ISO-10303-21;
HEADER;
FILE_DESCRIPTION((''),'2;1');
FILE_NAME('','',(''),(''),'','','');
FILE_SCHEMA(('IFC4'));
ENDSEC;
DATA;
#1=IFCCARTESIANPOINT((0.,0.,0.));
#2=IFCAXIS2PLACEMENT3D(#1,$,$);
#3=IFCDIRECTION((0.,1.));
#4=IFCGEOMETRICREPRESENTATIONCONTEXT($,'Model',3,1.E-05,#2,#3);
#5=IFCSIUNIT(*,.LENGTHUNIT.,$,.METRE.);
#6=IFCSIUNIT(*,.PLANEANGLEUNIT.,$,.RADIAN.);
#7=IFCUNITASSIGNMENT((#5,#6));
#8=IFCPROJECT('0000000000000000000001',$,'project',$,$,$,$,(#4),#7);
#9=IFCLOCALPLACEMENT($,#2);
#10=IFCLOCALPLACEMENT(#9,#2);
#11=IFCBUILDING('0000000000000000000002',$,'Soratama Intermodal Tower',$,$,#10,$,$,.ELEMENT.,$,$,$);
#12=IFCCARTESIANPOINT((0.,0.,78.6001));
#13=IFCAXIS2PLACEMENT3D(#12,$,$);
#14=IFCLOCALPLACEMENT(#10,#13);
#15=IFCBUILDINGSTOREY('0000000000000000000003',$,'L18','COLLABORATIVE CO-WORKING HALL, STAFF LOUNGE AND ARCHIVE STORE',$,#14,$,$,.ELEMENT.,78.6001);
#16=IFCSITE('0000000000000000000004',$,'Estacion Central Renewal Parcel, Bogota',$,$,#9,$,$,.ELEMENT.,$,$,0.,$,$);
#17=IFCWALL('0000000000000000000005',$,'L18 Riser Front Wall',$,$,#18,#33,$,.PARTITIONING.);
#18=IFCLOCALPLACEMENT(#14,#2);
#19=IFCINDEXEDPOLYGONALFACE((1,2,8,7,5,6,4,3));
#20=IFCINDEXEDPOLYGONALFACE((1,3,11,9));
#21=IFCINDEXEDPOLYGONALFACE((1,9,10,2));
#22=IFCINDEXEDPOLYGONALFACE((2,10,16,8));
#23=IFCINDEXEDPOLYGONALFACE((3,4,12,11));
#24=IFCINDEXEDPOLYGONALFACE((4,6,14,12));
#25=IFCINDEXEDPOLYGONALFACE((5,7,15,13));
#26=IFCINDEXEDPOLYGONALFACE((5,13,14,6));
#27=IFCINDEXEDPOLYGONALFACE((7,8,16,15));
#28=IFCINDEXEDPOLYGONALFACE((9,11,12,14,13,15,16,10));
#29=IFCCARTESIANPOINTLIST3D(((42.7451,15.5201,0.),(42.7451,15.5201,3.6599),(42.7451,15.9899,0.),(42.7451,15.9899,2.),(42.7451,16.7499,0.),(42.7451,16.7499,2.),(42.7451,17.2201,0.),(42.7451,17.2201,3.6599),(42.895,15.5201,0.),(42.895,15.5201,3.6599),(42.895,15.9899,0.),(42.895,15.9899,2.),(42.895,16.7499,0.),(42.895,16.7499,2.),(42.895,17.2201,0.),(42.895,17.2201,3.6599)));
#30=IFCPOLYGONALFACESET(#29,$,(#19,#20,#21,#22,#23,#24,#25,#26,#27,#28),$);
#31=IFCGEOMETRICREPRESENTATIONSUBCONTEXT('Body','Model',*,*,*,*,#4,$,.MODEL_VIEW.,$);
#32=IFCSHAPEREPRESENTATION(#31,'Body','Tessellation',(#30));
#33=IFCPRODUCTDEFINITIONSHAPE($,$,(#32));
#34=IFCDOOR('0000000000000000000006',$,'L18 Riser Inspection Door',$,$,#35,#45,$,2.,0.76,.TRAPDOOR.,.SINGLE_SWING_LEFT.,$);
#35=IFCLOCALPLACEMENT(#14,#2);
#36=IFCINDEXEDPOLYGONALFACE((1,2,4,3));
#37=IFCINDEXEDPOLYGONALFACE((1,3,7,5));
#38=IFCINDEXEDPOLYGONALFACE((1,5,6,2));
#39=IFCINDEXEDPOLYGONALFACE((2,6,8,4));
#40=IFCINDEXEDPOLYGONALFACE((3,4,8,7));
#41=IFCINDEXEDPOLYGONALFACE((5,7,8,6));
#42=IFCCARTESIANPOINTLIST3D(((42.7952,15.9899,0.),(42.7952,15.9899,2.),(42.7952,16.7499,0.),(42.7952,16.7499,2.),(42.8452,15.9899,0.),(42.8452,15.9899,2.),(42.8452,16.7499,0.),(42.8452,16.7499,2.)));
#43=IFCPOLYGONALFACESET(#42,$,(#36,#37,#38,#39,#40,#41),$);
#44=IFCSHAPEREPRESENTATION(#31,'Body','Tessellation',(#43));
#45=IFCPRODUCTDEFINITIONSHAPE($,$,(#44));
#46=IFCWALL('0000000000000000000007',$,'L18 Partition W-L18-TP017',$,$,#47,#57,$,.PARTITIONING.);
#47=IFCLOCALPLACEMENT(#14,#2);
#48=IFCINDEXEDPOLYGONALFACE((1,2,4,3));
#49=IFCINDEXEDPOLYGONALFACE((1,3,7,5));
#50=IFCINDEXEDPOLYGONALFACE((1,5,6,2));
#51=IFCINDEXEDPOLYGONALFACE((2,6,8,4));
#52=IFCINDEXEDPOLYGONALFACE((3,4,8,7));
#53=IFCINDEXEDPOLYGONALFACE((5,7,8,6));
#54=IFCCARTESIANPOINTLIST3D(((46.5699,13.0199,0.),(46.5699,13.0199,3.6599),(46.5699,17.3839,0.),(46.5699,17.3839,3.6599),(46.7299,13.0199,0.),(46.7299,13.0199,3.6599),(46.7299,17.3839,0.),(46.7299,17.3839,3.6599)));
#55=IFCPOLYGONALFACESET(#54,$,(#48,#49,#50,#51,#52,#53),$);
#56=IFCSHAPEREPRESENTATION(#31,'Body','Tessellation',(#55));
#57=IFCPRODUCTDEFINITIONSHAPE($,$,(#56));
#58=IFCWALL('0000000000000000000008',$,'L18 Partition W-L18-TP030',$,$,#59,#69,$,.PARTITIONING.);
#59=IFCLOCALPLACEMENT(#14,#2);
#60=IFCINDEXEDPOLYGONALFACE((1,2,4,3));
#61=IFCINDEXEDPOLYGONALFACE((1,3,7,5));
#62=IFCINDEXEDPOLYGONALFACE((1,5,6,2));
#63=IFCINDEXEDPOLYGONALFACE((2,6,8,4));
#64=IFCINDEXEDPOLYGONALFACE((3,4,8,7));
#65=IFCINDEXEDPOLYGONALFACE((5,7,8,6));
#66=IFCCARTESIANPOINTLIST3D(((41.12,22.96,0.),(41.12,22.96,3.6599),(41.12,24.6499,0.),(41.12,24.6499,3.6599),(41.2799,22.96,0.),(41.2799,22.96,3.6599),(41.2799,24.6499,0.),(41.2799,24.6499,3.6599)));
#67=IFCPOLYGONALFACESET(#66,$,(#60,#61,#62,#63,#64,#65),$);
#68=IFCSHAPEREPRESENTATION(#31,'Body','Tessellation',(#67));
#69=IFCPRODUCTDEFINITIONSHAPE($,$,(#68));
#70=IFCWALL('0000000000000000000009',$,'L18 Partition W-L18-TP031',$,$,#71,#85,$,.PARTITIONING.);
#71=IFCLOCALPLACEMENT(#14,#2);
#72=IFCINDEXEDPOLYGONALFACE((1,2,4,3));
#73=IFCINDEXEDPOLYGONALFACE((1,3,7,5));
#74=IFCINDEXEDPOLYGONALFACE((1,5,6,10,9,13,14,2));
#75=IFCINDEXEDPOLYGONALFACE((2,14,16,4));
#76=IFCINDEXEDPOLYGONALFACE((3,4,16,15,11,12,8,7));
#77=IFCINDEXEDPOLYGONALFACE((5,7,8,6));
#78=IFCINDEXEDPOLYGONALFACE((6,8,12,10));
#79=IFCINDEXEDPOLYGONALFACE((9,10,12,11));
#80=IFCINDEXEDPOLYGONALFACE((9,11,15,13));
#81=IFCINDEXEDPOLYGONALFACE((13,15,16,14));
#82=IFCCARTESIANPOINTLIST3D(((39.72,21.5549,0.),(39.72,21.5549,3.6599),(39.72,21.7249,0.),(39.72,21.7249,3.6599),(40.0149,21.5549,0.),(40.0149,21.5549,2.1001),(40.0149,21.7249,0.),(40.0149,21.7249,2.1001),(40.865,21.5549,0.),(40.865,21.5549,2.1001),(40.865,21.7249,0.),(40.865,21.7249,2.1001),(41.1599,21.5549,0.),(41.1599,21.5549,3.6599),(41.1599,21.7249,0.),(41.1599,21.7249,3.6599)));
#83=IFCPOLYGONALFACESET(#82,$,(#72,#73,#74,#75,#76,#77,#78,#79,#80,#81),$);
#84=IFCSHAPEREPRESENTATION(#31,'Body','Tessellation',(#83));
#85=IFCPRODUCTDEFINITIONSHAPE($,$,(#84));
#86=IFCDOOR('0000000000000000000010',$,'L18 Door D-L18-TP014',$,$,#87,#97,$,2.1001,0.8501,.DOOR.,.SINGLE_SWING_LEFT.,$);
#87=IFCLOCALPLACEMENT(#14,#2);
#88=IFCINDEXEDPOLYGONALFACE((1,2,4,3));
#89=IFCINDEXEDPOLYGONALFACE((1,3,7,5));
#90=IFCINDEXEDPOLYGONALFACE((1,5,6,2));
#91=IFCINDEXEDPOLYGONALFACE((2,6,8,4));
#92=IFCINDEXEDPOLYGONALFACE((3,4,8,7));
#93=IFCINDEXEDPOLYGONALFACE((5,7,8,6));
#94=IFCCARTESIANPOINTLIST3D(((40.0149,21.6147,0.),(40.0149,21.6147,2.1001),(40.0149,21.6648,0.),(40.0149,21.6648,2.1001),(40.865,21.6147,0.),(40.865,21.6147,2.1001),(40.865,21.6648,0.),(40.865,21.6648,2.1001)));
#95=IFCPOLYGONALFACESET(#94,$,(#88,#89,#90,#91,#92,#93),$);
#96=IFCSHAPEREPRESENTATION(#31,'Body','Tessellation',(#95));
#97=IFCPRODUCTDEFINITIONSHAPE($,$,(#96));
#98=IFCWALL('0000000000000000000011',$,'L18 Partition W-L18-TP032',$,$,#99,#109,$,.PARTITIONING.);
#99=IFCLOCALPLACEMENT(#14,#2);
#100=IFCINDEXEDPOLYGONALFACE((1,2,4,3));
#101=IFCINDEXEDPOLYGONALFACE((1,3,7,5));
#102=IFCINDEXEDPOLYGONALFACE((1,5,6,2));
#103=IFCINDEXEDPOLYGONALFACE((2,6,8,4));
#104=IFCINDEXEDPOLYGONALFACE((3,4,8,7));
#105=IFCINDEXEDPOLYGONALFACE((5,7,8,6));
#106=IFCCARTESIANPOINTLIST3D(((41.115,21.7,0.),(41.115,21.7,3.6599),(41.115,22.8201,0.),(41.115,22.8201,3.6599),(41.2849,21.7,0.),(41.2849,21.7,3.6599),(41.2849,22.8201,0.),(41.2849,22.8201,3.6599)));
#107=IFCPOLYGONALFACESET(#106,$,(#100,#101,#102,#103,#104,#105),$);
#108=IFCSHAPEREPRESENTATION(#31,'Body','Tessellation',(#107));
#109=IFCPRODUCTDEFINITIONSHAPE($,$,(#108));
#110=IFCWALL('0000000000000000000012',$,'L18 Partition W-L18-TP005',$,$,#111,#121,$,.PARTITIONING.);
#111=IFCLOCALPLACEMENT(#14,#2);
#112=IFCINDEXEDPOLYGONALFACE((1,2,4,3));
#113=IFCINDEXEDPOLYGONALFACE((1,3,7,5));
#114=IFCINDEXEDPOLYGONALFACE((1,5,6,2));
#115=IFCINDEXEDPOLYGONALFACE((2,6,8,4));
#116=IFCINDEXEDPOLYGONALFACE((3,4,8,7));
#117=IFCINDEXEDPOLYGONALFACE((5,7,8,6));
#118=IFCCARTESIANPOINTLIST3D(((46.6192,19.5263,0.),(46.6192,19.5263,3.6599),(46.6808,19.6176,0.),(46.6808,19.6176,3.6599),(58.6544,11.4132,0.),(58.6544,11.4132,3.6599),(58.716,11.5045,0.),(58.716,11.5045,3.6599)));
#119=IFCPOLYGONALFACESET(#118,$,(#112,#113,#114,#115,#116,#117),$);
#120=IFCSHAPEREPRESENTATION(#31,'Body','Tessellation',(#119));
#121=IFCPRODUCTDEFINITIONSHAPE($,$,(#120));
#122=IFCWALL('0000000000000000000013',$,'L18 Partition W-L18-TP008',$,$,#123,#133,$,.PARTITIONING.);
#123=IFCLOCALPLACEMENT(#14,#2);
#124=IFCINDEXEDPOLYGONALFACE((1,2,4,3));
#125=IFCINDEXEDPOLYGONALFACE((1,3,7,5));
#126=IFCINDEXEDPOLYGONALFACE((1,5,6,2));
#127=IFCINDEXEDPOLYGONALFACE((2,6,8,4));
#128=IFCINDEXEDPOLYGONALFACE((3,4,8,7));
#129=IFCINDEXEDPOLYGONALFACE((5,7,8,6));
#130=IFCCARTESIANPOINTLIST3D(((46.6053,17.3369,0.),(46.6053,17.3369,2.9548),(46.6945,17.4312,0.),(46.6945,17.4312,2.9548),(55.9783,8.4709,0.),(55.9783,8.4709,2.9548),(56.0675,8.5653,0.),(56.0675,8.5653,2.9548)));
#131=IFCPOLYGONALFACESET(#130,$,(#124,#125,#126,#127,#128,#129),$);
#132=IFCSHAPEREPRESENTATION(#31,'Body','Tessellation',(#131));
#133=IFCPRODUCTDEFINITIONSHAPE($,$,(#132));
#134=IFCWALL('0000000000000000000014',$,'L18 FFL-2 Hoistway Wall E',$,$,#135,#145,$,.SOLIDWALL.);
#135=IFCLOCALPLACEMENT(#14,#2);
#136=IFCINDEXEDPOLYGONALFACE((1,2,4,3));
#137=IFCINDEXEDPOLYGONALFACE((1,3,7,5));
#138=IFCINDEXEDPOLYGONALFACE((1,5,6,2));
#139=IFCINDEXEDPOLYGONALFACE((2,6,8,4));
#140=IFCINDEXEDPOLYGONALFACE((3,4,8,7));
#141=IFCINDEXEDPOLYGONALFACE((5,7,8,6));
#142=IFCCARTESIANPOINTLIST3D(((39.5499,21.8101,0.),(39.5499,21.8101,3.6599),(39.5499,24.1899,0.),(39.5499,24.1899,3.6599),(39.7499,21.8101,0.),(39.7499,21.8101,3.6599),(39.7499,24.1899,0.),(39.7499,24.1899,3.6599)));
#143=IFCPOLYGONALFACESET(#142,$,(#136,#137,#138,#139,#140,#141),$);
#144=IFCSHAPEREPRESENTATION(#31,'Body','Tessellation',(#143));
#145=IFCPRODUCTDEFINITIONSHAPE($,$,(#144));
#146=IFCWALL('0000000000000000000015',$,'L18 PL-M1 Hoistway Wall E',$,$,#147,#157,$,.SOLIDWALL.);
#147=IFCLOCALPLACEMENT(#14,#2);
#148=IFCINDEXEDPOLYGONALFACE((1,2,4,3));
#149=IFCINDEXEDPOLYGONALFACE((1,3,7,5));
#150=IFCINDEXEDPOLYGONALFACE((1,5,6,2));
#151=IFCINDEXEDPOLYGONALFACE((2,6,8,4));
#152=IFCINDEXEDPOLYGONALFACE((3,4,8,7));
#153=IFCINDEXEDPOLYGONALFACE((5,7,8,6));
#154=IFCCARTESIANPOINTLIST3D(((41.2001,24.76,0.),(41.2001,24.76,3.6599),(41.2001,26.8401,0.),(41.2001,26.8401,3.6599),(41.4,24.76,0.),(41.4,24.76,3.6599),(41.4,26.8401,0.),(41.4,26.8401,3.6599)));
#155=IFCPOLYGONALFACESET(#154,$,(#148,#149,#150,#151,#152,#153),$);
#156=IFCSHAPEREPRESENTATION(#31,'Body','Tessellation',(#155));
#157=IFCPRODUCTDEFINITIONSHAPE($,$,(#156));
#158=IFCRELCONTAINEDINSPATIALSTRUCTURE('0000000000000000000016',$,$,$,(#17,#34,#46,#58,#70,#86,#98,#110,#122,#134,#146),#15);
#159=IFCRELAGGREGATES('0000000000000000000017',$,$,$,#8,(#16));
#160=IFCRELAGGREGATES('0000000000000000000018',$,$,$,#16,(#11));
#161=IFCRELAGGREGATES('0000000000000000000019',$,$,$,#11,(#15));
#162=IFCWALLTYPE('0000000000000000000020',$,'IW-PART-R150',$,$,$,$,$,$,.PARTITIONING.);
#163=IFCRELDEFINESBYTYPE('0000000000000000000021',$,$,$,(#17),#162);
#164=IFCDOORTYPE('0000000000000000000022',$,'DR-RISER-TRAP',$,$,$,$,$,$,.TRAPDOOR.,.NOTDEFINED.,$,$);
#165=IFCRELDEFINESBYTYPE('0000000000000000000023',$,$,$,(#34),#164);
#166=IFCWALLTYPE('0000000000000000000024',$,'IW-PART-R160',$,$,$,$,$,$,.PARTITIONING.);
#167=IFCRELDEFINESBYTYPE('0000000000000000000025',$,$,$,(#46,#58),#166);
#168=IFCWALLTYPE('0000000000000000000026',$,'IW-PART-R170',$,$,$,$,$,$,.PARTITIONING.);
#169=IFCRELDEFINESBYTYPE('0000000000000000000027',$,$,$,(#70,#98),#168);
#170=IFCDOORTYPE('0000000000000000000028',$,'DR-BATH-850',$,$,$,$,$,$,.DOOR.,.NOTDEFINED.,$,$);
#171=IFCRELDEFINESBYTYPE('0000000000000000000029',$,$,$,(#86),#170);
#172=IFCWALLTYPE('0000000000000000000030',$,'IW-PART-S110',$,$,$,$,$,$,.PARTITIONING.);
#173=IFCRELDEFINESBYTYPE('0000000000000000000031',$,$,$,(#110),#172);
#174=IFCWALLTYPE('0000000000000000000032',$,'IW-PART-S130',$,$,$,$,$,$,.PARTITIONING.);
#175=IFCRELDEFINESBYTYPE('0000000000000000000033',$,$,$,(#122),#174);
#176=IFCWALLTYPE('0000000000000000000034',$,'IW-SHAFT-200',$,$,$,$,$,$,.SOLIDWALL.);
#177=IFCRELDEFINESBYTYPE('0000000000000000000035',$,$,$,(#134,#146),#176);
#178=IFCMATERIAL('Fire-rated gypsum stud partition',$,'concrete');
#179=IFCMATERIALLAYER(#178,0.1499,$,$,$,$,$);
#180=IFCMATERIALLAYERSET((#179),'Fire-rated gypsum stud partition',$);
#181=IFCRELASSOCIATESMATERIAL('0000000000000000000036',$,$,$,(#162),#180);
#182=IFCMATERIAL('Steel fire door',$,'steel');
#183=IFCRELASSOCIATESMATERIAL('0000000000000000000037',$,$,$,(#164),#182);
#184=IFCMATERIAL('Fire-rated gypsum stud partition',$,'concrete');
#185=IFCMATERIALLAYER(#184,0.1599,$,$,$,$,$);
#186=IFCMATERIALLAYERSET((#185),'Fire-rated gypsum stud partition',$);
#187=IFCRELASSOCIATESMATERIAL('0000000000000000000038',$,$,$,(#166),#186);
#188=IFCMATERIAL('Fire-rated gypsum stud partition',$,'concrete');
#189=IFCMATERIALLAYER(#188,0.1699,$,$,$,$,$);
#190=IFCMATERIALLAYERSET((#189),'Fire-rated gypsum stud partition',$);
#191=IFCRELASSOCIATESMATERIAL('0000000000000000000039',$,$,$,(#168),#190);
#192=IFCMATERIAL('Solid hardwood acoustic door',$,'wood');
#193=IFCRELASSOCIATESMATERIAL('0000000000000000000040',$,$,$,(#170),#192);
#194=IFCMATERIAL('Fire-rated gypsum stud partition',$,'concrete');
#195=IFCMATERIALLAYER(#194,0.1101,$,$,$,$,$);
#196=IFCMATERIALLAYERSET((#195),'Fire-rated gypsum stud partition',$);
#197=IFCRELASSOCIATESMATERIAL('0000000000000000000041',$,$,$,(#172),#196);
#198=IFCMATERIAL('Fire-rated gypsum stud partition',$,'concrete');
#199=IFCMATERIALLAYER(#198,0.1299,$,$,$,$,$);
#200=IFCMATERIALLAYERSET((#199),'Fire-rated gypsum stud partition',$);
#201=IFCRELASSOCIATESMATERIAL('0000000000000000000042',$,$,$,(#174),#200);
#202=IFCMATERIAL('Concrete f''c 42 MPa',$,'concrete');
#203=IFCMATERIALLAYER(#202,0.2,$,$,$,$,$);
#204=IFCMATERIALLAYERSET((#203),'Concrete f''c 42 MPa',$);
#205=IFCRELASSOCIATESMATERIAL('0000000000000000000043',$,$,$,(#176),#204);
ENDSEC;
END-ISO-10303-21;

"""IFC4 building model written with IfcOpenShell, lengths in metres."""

from ifc_helpers import new_model, si_unit, direction, frame, frame_2d, origin, place, context, subcontext, project, spatial, rectangle, extrude, material, layer, layer_set, type_object, element, fill, save


model = new_model("IFC4")

# Units and contexts
model_context = context("Model", 3, precision=1e-05, world=origin(), true_north=direction((0.0, 1.0)))
body_context = subcontext(model_context, "Body", "Model", "MODEL_VIEW")
ifc_project = project(units=[si_unit("LENGTHUNIT", "METRE"), si_unit("PLANEANGLEUNIT", "RADIAN")], contexts=[model_context])

# Site, building, storey
site_placement = place(None, origin())
site = spatial("IfcSite", under=ifc_project, at=site_placement, Name="Estacion Central Renewal Parcel, Bogota", CompositionType="ELEMENT", RefElevation=0.0)
building_placement = place(site_placement, origin())
building = spatial("IfcBuilding", under=site, at=building_placement, Name="Soratama Intermodal Tower", CompositionType="ELEMENT")
storey_placement = place(building_placement, frame((0.0, 0.0, 78.6001)))
storey = spatial("IfcBuildingStorey", under=building, at=storey_placement, Name="L18", Description="COLLABORATIVE CO-WORKING HALL, STAFF LOUNGE AND ARCHIVE STORE", CompositionType="ELEMENT", Elevation=78.6001)

# Shared definitions
ifc_material_1 = material(Name="Fire-rated gypsum stud partition", Category="concrete")
ifc_layer_1 = layer(ifc_material_1, 0.1499)
ifc_layer_set_1 = layer_set([ifc_layer_1], Name="Fire-rated gypsum stud partition")
wall_type_1 = type_object("IfcWallType", Name="IW-PART-R150", PredefinedType="PARTITIONING", material=ifc_layer_set_1)

# Wall, opening, door
wall_1_placement = place(storey_placement, frame((42.8201, 15.52, 0.0), z_axis=(0.0, 0.0, 1.0), x_axis=(0.0, 1.0, 0.0)))
wall_1 = element("IfcWall", 1, at=wall_1_placement, inside=storey, type_object=wall_type_1, Name="L18 Riser Front Wall", PredefinedType="PARTITIONING", context=body_context, shape_type="SweptSolid", body=[
    extrude(rectangle(XDim=1.7, YDim=0.1499, at=frame_2d((0.8501, 0.0))), origin(), (0.0, 0.0, 1.0), 3.6599),
])
opening_1_placement = place(wall_1_placement, frame((0.47, 0.0, 0.0)))
opening_1 = element("IfcOpeningElement", 2, at=opening_1_placement, cuts=wall_1, PredefinedType="OPENING", context=body_context, shape_type="SweptSolid", body=[
    extrude(rectangle(XDim=0.76, YDim=2.0, at=frame_2d((0.3799, 1.0))), frame((0.0, 0.085, 0.0), z_axis=(0.0, -1.0, 0.0), x_axis=(1.0, 0.0, 0.0)), (0.0, 0.0, 1.0), 0.1699),
])
ifc_material_2 = material(Name="Steel fire door", Category="steel")
door_type_1 = type_object("IfcDoorType", Name="DR-RISER-TRAP", OperationType="NOTDEFINED", PredefinedType="TRAPDOOR", material=ifc_material_2)
door_1_placement = place(opening_1_placement, origin())
door_1 = element("IfcDoor", 3, at=door_1_placement, inside=storey, type_object=door_type_1, Name="L18 Riser Inspection Door", OperationType="SINGLE_SWING_LEFT", OverallHeight=2.0, OverallWidth=0.76, PredefinedType="TRAPDOOR", context=body_context, shape_type="SweptSolid", body=[
    extrude(rectangle(XDim=0.76, YDim=2.0, at=frame_2d((0.3799, 1.0))), frame((0.0, 0.0249, 0.0), z_axis=(0.0, -1.0, 0.0), x_axis=(1.0, 0.0, 0.0)), (0.0, 0.0, 1.0), 0.05),
])
fill(opening_1, door_1)

# Wall
ifc_material_3 = material(Name="Fire-rated gypsum stud partition", Category="concrete")
ifc_layer_2 = layer(ifc_material_3, 0.1599)
ifc_layer_set_2 = layer_set([ifc_layer_2], Name="Fire-rated gypsum stud partition")
wall_type_2 = type_object("IfcWallType", Name="IW-PART-R160", PredefinedType="PARTITIONING", material=ifc_layer_set_2)
wall_2_placement = place(storey_placement, frame((46.6499, 17.384, 0.0), z_axis=(0.0, 0.0, 1.0), x_axis=(0.0, -1.0, 0.0)))
element("IfcWall", 4, at=wall_2_placement, inside=storey, type_object=wall_type_2, Name="L18 Partition W-L18-TP017", PredefinedType="PARTITIONING", context=body_context, shape_type="SweptSolid", body=[
    extrude(rectangle(XDim=4.364, YDim=0.1599, at=frame_2d((2.1821, 0.0))), origin(), (0.0, 0.0, 1.0), 3.6599),
])

# Wall
wall_3_placement = place(storey_placement, frame((41.2, 22.96, 0.0), z_axis=(0.0, 0.0, 1.0), x_axis=(0.0, 1.0, 0.0)))
element("IfcWall", 5, at=wall_3_placement, inside=storey, type_object=wall_type_2, Name="L18 Partition W-L18-TP030", PredefinedType="PARTITIONING", context=body_context, shape_type="SweptSolid", body=[
    extrude(rectangle(XDim=1.6899, YDim=0.1599, at=frame_2d((0.845, 0.0))), origin(), (0.0, 0.0, 1.0), 3.6599),
])

# Wall, opening, door
ifc_material_4 = material(Name="Fire-rated gypsum stud partition", Category="concrete")
ifc_layer_3 = layer(ifc_material_4, 0.1699)
ifc_layer_set_3 = layer_set([ifc_layer_3], Name="Fire-rated gypsum stud partition")
wall_type_3 = type_object("IfcWallType", Name="IW-PART-R170", PredefinedType="PARTITIONING", material=ifc_layer_set_3)
wall_4_placement = place(storey_placement, frame((39.72, 21.6399, 0.0), z_axis=(0.0, 0.0, 1.0), x_axis=(1.0, 0.0, 0.0)))
wall_4 = element("IfcWall", 6, at=wall_4_placement, inside=storey, type_object=wall_type_3, Name="L18 Partition W-L18-TP031", PredefinedType="PARTITIONING", context=body_context, shape_type="SweptSolid", body=[
    extrude(rectangle(XDim=1.4399, YDim=0.1699, at=frame_2d((0.72, 0.0))), origin(), (0.0, 0.0, 1.0), 3.6599),
])
opening_2_placement = place(wall_4_placement, frame((0.2949, 0.0, 0.0)))
opening_2 = element("IfcOpeningElement", 7, at=opening_2_placement, cuts=wall_4, PredefinedType="OPENING", context=body_context, shape_type="SweptSolid", body=[
    extrude(rectangle(XDim=0.8501, YDim=2.1001, at=frame_2d((0.425, 1.05))), frame((0.0, 0.095, 0.0), z_axis=(0.0, -1.0, 0.0), x_axis=(1.0, 0.0, 0.0)), (0.0, 0.0, 1.0), 0.1899),
])
ifc_material_5 = material(Name="Solid hardwood acoustic door", Category="wood")
door_type_2 = type_object("IfcDoorType", Name="DR-BATH-850", OperationType="NOTDEFINED", PredefinedType="DOOR", material=ifc_material_5)
door_2_placement = place(opening_2_placement, origin())
door_2 = element("IfcDoor", 8, at=door_2_placement, inside=storey, type_object=door_type_2, Name="L18 Door D-L18-TP014", OperationType="SINGLE_SWING_LEFT", OverallHeight=2.1001, OverallWidth=0.8501, PredefinedType="DOOR", context=body_context, shape_type="SweptSolid", body=[
    extrude(rectangle(XDim=0.8501, YDim=2.1001, at=frame_2d((0.425, 1.05))), frame((0.0, 0.0249, 0.0), z_axis=(0.0, -1.0, 0.0), x_axis=(1.0, 0.0, 0.0)), (0.0, 0.0, 1.0), 0.05),
])
fill(opening_2, door_2)

# Walls
wall_5_placement = place(storey_placement, frame((41.2, 21.7, 0.0), z_axis=(0.0, 0.0, 1.0), x_axis=(0.0, 1.0, 0.0)))
element("IfcWall", 9, at=wall_5_placement, inside=storey, type_object=wall_type_3, Name="L18 Partition W-L18-TP032", PredefinedType="PARTITIONING", context=body_context, shape_type="SweptSolid", body=[
    extrude(rectangle(XDim=1.1201, YDim=0.1699, at=frame_2d((0.5601, 0.0))), origin(), (0.0, 0.0, 1.0), 3.6599),
])
ifc_material_6 = material(Name="Fire-rated gypsum stud partition", Category="concrete")
ifc_layer_4 = layer(ifc_material_6, 0.1101)
ifc_layer_set_4 = layer_set([ifc_layer_4], Name="Fire-rated gypsum stud partition")
wall_type_4 = type_object("IfcWallType", Name="IW-PART-S110", PredefinedType="PARTITIONING", material=ifc_layer_set_4)
wall_6_placement = place(storey_placement, frame((46.6499, 19.572, 0.0), z_axis=(0.0, 0.0, 1.0), x_axis=(0.82919, -0.558967, 0.0)))
element("IfcWall", 10, at=wall_6_placement, inside=storey, type_object=wall_type_4, Name="L18 Partition W-L18-TP005", PredefinedType="PARTITIONING", context=body_context, shape_type="SweptSolid", body=[
    extrude(rectangle(XDim=14.5144, YDim=0.1101, at=frame_2d((7.2573, 0.0))), origin(), (0.0, 0.0, 1.0), 3.6599),
])
ifc_material_7 = material(Name="Fire-rated gypsum stud partition", Category="concrete")
ifc_layer_5 = layer(ifc_material_7, 0.1299)
ifc_layer_set_5 = layer_set([ifc_layer_5], Name="Fire-rated gypsum stud partition")
wall_type_5 = type_object("IfcWallType", Name="IW-PART-S130", PredefinedType="PARTITIONING", material=ifc_layer_set_5)
wall_7_placement = place(storey_placement, frame((46.6499, 17.384, 0.0), z_axis=(0.0, 0.0, 1.0), x_axis=(0.726485, -0.687182, 0.0)))
element("IfcWall", 11, at=wall_7_placement, inside=storey, type_object=wall_type_5, Name="L18 Partition W-L18-TP008", PredefinedType="PARTITIONING", context=body_context, shape_type="SweptSolid", body=[
    extrude(rectangle(XDim=12.9019, YDim=0.1299, at=frame_2d((6.4509, 0.0))), origin(), (0.0, 0.0, 1.0), 2.9548),
])
ifc_material_8 = material(Name="Concrete f'c 42 MPa", Category="concrete")
ifc_layer_6 = layer(ifc_material_8, 0.2)
ifc_layer_set_6 = layer_set([ifc_layer_6], Name="Concrete f'c 42 MPa")
wall_type_6 = type_object("IfcWallType", Name="IW-SHAFT-200", PredefinedType="SOLIDWALL", material=ifc_layer_set_6)
wall_8_placement = place(storey_placement, frame((39.6499, 21.8101, 0.0), z_axis=(0.0, 0.0, 1.0), x_axis=(0.0, 1.0, 0.0)))
element("IfcWall", 12, at=wall_8_placement, inside=storey, type_object=wall_type_6, Name="L18 FFL-2 Hoistway Wall E", PredefinedType="SOLIDWALL", context=body_context, shape_type="SweptSolid", body=[
    extrude(rectangle(XDim=2.3799, YDim=0.2, at=frame_2d((1.1899, 0.0))), origin(), (0.0, 0.0, 1.0), 3.6599),
])
wall_9_placement = place(storey_placement, frame((41.3, 24.76, 0.0), z_axis=(0.0, 0.0, 1.0), x_axis=(0.0, 1.0, 0.0)))
element("IfcWall", 13, at=wall_9_placement, inside=storey, type_object=wall_type_6, Name="L18 PL-M1 Hoistway Wall E", PredefinedType="SOLIDWALL", context=body_context, shape_type="SweptSolid", body=[
    extrude(rectangle(XDim=2.0801, YDim=0.2, at=frame_2d((1.04, 0.0))), origin(), (0.0, 0.0, 1.0), 3.6599),
])

save(model, "model.ifc")
